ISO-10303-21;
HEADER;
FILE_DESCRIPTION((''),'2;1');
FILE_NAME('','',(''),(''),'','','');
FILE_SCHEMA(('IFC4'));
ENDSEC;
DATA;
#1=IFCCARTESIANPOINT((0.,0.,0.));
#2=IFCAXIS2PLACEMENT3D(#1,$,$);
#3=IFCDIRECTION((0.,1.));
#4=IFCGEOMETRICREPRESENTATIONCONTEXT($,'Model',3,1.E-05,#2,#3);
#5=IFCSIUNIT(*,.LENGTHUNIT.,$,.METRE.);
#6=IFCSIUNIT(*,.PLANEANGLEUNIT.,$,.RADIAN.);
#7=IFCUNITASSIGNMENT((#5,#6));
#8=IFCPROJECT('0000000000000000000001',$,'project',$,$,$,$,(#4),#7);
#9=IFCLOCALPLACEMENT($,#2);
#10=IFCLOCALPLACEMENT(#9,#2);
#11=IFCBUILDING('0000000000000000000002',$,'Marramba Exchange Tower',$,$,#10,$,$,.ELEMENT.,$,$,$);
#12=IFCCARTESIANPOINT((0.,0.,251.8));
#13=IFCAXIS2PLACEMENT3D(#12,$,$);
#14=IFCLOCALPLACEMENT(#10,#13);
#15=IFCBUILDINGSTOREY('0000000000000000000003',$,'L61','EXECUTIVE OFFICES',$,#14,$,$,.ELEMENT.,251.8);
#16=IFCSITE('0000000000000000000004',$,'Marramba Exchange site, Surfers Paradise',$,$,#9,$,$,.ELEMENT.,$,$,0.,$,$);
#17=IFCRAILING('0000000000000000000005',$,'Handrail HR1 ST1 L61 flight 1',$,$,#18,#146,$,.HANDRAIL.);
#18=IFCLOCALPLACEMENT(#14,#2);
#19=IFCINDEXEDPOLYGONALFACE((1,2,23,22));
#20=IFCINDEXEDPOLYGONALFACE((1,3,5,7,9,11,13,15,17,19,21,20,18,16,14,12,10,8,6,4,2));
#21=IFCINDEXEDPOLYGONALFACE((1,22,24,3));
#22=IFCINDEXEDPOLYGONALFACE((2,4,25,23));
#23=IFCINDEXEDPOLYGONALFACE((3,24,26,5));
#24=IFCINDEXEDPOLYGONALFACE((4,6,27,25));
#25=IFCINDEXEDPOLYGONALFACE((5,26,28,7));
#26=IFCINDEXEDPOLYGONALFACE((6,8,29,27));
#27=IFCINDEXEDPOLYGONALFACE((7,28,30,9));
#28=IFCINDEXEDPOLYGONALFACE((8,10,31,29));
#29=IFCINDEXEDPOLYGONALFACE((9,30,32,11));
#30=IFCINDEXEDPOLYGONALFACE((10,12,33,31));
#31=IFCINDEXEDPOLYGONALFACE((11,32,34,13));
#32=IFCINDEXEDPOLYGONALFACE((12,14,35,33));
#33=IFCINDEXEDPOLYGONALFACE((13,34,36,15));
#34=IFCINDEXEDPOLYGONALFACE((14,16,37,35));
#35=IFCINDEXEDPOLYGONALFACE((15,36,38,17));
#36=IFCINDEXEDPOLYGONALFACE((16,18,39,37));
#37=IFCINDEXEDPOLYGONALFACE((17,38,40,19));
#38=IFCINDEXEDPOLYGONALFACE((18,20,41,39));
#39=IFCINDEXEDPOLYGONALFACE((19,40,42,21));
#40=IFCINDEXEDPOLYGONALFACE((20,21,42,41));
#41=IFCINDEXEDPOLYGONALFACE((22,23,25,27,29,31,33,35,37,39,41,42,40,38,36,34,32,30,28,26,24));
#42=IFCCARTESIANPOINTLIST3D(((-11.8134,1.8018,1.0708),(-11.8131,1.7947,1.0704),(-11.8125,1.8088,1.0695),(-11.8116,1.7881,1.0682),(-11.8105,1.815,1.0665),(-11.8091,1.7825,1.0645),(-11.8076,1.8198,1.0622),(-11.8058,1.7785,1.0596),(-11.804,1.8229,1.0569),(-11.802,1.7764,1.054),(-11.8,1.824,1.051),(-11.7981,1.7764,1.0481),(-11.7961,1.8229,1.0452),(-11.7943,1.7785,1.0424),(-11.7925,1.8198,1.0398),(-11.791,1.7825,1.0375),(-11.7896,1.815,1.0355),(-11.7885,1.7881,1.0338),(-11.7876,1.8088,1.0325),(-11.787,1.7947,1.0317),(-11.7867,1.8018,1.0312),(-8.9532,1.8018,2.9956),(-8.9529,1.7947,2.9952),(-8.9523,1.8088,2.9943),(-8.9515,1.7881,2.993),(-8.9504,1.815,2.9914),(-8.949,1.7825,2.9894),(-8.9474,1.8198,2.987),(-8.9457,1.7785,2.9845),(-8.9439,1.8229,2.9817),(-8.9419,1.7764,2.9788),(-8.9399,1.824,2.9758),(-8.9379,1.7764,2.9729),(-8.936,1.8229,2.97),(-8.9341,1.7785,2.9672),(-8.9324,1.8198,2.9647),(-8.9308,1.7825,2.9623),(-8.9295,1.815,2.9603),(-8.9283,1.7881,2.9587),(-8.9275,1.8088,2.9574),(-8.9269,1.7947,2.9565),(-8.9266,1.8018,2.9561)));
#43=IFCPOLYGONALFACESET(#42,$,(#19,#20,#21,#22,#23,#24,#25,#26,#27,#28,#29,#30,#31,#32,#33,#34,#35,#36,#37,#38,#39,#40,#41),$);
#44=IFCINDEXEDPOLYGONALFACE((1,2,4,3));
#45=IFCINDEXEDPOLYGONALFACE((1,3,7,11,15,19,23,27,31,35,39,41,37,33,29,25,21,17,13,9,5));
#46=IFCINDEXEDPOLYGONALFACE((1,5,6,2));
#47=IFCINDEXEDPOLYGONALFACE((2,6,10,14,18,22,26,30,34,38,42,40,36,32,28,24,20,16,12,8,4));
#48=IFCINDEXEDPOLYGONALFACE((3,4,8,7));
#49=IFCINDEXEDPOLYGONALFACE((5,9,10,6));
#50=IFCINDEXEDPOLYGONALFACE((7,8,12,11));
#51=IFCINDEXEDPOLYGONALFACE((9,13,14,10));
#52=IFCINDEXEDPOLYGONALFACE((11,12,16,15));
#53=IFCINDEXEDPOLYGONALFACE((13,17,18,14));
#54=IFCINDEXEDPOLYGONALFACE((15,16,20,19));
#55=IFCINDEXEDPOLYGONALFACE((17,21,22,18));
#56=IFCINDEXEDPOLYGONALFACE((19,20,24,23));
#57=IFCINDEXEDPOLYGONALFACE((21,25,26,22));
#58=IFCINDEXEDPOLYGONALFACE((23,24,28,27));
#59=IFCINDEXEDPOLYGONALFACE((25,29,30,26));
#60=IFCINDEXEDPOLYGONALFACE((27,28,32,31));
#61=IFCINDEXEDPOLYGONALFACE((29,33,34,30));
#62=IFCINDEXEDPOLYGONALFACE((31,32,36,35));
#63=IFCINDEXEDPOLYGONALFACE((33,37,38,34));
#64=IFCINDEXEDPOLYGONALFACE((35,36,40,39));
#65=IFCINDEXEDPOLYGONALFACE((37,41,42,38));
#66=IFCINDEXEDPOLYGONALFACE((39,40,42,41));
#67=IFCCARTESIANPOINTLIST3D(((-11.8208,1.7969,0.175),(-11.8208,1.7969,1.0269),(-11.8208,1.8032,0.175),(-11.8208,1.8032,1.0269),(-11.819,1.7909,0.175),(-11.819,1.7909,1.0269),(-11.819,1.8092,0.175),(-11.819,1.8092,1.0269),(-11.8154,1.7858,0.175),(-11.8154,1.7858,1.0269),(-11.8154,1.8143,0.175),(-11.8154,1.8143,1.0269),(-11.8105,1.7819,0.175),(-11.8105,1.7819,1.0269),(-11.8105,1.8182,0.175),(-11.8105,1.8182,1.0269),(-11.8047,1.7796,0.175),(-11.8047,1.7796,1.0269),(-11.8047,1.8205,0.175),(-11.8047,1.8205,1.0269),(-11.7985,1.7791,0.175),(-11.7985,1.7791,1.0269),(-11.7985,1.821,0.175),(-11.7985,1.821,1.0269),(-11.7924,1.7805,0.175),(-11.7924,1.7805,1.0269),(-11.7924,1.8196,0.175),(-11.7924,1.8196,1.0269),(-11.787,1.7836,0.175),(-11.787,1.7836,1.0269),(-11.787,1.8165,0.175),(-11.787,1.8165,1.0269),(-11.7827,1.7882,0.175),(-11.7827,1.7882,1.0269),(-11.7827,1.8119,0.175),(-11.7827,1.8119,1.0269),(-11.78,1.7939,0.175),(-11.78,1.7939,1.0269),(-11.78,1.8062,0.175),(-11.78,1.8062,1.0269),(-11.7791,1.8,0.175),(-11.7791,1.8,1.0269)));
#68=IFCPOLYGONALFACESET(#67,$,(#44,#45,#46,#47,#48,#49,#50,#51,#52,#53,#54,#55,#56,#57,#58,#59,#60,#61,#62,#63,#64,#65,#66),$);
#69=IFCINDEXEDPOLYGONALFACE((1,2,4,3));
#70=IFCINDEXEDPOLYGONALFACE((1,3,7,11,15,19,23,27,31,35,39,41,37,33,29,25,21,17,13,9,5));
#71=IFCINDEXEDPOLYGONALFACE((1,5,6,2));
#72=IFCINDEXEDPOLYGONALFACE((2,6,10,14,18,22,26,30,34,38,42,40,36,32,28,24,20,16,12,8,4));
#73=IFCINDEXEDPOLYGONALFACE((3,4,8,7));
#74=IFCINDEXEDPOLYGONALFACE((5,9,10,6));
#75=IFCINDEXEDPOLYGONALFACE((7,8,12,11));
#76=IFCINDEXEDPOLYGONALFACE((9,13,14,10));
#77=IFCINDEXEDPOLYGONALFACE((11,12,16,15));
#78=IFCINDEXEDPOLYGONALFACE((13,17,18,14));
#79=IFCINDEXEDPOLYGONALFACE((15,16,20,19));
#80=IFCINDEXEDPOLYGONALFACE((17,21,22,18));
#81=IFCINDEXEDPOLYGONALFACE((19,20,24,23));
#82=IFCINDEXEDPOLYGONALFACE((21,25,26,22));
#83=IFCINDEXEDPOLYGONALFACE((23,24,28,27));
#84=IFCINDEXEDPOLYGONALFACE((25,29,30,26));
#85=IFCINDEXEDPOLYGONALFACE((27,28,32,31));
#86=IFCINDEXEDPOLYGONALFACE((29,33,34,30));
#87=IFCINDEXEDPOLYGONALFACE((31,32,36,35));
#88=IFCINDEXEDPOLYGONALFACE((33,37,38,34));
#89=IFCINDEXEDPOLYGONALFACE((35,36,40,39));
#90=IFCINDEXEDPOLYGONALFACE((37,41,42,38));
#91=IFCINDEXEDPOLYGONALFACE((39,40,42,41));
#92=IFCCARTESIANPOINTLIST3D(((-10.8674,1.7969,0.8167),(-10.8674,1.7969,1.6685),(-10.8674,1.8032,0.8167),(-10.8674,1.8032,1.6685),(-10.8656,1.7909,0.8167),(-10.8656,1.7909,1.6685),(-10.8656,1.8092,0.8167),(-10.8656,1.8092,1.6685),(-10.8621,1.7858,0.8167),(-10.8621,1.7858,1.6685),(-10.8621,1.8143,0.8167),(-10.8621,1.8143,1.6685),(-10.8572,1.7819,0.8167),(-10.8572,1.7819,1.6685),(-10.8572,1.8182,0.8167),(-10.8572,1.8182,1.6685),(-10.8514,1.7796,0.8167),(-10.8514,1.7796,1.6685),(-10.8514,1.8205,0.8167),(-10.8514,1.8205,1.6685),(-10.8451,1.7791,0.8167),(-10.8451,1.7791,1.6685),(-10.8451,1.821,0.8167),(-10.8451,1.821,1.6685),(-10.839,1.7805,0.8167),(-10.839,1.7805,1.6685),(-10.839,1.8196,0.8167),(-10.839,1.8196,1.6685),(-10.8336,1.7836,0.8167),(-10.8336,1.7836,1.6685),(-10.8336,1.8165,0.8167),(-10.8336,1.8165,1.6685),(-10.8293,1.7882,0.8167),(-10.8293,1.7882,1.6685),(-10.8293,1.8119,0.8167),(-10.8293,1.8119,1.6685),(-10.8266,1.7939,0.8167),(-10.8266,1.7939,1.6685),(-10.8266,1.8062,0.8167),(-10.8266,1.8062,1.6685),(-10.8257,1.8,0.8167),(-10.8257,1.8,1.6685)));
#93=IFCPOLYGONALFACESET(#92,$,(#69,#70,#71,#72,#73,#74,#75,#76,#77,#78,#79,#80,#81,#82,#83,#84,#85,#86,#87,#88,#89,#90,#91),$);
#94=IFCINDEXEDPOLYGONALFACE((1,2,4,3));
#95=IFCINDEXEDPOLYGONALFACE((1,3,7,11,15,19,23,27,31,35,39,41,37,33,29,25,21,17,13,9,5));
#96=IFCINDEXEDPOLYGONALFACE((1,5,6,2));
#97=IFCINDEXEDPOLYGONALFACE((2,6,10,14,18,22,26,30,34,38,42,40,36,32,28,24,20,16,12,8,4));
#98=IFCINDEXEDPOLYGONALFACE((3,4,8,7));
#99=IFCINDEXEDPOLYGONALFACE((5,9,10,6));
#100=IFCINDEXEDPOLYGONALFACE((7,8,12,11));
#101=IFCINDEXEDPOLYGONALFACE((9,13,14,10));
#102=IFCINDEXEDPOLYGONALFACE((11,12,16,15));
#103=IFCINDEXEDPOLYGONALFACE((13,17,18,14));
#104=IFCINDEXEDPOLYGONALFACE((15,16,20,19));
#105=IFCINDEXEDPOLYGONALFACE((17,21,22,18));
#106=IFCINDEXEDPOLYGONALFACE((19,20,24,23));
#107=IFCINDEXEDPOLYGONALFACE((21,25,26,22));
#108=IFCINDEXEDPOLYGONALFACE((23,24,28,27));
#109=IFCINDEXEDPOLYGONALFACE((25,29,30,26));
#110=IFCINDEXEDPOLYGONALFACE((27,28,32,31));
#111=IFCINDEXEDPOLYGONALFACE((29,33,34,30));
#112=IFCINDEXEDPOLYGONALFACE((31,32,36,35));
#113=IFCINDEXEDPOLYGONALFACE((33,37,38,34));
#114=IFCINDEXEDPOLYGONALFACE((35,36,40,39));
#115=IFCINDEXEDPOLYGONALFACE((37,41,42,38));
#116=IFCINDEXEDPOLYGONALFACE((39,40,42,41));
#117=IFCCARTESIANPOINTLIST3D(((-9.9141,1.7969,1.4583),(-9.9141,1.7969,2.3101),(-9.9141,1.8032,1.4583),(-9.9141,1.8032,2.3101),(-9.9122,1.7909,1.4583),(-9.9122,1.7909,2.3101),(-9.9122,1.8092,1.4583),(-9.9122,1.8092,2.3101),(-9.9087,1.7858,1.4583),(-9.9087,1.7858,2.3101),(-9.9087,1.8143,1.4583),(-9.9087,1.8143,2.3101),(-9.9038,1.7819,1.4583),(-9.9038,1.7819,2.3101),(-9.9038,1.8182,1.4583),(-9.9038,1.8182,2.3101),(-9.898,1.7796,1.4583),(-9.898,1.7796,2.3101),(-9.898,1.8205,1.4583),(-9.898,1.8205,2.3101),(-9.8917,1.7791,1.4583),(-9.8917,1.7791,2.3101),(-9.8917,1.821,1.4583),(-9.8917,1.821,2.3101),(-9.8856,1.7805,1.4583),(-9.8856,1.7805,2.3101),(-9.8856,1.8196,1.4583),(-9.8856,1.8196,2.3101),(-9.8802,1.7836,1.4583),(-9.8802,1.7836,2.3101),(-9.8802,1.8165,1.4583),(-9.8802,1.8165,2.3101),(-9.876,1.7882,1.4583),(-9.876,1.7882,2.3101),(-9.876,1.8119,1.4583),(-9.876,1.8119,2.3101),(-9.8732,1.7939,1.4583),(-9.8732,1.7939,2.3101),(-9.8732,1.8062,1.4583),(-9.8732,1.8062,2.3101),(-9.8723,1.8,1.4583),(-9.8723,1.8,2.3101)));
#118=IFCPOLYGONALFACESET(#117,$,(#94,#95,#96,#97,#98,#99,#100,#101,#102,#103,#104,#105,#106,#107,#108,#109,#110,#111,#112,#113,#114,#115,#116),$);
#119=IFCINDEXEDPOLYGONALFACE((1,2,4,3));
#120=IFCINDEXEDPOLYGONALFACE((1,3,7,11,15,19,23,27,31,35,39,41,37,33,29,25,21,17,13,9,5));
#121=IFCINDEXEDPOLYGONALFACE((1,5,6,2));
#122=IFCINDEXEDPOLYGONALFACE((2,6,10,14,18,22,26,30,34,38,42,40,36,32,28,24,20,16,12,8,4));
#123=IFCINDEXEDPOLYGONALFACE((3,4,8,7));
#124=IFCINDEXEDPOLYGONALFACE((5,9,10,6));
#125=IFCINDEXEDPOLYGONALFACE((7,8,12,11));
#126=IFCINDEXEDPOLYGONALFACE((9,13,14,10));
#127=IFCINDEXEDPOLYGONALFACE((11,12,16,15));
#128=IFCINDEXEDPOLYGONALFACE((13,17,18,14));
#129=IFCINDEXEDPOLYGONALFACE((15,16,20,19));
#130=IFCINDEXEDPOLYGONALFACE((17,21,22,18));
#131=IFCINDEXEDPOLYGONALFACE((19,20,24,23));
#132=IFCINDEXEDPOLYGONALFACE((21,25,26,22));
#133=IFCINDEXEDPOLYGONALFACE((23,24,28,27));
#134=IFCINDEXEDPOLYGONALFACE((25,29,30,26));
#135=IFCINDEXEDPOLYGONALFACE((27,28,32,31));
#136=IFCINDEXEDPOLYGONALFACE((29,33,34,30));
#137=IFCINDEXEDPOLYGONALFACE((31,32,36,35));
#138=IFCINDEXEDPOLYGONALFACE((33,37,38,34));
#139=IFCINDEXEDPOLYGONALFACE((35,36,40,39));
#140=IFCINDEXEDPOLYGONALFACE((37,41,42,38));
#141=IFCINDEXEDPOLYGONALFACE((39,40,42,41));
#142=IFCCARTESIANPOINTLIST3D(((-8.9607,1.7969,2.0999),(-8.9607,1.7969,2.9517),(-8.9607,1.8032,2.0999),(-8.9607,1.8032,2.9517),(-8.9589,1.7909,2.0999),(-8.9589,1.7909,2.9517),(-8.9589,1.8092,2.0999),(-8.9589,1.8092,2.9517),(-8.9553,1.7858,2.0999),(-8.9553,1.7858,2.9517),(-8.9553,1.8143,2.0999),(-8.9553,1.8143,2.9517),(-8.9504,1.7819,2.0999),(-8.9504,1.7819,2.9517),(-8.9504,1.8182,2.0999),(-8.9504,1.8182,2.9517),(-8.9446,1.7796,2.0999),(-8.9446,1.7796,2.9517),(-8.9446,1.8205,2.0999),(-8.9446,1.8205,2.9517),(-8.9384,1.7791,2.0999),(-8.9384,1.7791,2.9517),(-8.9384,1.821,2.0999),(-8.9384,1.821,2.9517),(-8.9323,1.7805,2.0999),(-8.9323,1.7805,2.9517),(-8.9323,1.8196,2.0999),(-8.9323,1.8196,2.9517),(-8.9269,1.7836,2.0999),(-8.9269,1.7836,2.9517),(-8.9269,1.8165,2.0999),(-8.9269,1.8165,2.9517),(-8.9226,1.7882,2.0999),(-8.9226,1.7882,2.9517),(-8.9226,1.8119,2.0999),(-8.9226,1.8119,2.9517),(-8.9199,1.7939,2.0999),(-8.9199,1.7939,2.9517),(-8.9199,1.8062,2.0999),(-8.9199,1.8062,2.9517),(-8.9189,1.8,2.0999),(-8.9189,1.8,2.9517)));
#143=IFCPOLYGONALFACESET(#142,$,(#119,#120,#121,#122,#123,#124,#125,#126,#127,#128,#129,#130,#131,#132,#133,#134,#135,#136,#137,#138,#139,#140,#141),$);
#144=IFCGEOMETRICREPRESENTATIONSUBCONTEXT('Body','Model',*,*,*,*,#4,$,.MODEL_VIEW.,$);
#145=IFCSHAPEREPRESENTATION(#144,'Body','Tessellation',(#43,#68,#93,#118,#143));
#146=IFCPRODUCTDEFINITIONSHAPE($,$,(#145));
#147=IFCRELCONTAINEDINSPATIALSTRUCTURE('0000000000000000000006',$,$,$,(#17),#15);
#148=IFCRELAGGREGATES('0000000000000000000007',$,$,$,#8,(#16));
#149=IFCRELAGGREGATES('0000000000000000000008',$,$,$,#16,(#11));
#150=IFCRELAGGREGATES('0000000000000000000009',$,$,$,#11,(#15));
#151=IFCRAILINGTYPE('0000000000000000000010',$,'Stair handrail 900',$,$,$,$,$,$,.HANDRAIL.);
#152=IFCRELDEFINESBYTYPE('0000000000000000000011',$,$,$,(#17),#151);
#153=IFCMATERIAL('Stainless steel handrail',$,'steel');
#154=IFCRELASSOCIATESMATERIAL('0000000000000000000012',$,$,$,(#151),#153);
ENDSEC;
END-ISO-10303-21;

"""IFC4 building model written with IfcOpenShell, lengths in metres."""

from ifc_helpers import new_model, si_unit, direction, frame, origin, origin_2d, place, context, subcontext, project, spatial, circle, extrude, material, type_object, element, save


model = new_model("IFC4")

# Units and contexts
model_context = context("Model", 3, precision=1e-05, world=origin(), true_north=direction((0.0, 1.0)))
body_context = subcontext(model_context, "Body", "Model", "MODEL_VIEW")
ifc_project = project(units=[si_unit("LENGTHUNIT", "METRE"), si_unit("PLANEANGLEUNIT", "RADIAN")], contexts=[model_context])

# Site, building, storey
site_placement = place(None, origin())
site = spatial("IfcSite", under=ifc_project, at=site_placement, Name="Marramba Exchange site, Surfers Paradise", CompositionType="ELEMENT", RefElevation=0.0)
building_placement = place(site_placement, origin())
building = spatial("IfcBuilding", under=site, at=building_placement, Name="Marramba Exchange Tower", CompositionType="ELEMENT")
storey_placement = place(building_placement, frame((0.0, 0.0, 251.8)))
storey = spatial("IfcBuildingStorey", under=building, at=storey_placement, Name="L61", Description="EXECUTIVE OFFICES", CompositionType="ELEMENT", Elevation=251.8)

# Railing
ifc_material_1 = material(Name="Stainless steel handrail", Category="steel")
railing_type = type_object("IfcRailingType", Name="Stair handrail 900", PredefinedType="HANDRAIL", material=ifc_material_1)
railing_placement = place(storey_placement, frame((-11.8, 1.8, 0.175)))
element("IfcRailing", 1, at=railing_placement, inside=storey, type_object=railing_type, Name="Handrail HR1 ST1 L61 flight 1", PredefinedType="HANDRAIL", context=body_context, shape_type="SweptSolid", body=[
    extrude(circle(Radius=0.0239, at=origin_2d()), frame((0.0, 0.0, 0.876), z_axis=(0.829624, 0.0, 0.558323), x_axis=(0.0, 1.0, 0.0)), (0.0, 0.0, 1.0), 3.4475),
    extrude(circle(Radius=0.021, at=origin_2d()), origin(), (0.0, 0.0, 1.0), 0.8518),
    extrude(circle(Radius=0.021, at=origin_2d()), frame((0.9534, 0.0, 0.6416)), (0.0, 0.0, 1.0), 0.8518),
    extrude(circle(Radius=0.021, at=origin_2d()), frame((1.9067, 0.0, 1.2832)), (0.0, 0.0, 1.0), 0.8518),
    extrude(circle(Radius=0.021, at=origin_2d()), frame((2.8601, 0.0, 1.9248)), (0.0, 0.0, 1.0), 0.8518),
])

save(model, "model.ifc")
